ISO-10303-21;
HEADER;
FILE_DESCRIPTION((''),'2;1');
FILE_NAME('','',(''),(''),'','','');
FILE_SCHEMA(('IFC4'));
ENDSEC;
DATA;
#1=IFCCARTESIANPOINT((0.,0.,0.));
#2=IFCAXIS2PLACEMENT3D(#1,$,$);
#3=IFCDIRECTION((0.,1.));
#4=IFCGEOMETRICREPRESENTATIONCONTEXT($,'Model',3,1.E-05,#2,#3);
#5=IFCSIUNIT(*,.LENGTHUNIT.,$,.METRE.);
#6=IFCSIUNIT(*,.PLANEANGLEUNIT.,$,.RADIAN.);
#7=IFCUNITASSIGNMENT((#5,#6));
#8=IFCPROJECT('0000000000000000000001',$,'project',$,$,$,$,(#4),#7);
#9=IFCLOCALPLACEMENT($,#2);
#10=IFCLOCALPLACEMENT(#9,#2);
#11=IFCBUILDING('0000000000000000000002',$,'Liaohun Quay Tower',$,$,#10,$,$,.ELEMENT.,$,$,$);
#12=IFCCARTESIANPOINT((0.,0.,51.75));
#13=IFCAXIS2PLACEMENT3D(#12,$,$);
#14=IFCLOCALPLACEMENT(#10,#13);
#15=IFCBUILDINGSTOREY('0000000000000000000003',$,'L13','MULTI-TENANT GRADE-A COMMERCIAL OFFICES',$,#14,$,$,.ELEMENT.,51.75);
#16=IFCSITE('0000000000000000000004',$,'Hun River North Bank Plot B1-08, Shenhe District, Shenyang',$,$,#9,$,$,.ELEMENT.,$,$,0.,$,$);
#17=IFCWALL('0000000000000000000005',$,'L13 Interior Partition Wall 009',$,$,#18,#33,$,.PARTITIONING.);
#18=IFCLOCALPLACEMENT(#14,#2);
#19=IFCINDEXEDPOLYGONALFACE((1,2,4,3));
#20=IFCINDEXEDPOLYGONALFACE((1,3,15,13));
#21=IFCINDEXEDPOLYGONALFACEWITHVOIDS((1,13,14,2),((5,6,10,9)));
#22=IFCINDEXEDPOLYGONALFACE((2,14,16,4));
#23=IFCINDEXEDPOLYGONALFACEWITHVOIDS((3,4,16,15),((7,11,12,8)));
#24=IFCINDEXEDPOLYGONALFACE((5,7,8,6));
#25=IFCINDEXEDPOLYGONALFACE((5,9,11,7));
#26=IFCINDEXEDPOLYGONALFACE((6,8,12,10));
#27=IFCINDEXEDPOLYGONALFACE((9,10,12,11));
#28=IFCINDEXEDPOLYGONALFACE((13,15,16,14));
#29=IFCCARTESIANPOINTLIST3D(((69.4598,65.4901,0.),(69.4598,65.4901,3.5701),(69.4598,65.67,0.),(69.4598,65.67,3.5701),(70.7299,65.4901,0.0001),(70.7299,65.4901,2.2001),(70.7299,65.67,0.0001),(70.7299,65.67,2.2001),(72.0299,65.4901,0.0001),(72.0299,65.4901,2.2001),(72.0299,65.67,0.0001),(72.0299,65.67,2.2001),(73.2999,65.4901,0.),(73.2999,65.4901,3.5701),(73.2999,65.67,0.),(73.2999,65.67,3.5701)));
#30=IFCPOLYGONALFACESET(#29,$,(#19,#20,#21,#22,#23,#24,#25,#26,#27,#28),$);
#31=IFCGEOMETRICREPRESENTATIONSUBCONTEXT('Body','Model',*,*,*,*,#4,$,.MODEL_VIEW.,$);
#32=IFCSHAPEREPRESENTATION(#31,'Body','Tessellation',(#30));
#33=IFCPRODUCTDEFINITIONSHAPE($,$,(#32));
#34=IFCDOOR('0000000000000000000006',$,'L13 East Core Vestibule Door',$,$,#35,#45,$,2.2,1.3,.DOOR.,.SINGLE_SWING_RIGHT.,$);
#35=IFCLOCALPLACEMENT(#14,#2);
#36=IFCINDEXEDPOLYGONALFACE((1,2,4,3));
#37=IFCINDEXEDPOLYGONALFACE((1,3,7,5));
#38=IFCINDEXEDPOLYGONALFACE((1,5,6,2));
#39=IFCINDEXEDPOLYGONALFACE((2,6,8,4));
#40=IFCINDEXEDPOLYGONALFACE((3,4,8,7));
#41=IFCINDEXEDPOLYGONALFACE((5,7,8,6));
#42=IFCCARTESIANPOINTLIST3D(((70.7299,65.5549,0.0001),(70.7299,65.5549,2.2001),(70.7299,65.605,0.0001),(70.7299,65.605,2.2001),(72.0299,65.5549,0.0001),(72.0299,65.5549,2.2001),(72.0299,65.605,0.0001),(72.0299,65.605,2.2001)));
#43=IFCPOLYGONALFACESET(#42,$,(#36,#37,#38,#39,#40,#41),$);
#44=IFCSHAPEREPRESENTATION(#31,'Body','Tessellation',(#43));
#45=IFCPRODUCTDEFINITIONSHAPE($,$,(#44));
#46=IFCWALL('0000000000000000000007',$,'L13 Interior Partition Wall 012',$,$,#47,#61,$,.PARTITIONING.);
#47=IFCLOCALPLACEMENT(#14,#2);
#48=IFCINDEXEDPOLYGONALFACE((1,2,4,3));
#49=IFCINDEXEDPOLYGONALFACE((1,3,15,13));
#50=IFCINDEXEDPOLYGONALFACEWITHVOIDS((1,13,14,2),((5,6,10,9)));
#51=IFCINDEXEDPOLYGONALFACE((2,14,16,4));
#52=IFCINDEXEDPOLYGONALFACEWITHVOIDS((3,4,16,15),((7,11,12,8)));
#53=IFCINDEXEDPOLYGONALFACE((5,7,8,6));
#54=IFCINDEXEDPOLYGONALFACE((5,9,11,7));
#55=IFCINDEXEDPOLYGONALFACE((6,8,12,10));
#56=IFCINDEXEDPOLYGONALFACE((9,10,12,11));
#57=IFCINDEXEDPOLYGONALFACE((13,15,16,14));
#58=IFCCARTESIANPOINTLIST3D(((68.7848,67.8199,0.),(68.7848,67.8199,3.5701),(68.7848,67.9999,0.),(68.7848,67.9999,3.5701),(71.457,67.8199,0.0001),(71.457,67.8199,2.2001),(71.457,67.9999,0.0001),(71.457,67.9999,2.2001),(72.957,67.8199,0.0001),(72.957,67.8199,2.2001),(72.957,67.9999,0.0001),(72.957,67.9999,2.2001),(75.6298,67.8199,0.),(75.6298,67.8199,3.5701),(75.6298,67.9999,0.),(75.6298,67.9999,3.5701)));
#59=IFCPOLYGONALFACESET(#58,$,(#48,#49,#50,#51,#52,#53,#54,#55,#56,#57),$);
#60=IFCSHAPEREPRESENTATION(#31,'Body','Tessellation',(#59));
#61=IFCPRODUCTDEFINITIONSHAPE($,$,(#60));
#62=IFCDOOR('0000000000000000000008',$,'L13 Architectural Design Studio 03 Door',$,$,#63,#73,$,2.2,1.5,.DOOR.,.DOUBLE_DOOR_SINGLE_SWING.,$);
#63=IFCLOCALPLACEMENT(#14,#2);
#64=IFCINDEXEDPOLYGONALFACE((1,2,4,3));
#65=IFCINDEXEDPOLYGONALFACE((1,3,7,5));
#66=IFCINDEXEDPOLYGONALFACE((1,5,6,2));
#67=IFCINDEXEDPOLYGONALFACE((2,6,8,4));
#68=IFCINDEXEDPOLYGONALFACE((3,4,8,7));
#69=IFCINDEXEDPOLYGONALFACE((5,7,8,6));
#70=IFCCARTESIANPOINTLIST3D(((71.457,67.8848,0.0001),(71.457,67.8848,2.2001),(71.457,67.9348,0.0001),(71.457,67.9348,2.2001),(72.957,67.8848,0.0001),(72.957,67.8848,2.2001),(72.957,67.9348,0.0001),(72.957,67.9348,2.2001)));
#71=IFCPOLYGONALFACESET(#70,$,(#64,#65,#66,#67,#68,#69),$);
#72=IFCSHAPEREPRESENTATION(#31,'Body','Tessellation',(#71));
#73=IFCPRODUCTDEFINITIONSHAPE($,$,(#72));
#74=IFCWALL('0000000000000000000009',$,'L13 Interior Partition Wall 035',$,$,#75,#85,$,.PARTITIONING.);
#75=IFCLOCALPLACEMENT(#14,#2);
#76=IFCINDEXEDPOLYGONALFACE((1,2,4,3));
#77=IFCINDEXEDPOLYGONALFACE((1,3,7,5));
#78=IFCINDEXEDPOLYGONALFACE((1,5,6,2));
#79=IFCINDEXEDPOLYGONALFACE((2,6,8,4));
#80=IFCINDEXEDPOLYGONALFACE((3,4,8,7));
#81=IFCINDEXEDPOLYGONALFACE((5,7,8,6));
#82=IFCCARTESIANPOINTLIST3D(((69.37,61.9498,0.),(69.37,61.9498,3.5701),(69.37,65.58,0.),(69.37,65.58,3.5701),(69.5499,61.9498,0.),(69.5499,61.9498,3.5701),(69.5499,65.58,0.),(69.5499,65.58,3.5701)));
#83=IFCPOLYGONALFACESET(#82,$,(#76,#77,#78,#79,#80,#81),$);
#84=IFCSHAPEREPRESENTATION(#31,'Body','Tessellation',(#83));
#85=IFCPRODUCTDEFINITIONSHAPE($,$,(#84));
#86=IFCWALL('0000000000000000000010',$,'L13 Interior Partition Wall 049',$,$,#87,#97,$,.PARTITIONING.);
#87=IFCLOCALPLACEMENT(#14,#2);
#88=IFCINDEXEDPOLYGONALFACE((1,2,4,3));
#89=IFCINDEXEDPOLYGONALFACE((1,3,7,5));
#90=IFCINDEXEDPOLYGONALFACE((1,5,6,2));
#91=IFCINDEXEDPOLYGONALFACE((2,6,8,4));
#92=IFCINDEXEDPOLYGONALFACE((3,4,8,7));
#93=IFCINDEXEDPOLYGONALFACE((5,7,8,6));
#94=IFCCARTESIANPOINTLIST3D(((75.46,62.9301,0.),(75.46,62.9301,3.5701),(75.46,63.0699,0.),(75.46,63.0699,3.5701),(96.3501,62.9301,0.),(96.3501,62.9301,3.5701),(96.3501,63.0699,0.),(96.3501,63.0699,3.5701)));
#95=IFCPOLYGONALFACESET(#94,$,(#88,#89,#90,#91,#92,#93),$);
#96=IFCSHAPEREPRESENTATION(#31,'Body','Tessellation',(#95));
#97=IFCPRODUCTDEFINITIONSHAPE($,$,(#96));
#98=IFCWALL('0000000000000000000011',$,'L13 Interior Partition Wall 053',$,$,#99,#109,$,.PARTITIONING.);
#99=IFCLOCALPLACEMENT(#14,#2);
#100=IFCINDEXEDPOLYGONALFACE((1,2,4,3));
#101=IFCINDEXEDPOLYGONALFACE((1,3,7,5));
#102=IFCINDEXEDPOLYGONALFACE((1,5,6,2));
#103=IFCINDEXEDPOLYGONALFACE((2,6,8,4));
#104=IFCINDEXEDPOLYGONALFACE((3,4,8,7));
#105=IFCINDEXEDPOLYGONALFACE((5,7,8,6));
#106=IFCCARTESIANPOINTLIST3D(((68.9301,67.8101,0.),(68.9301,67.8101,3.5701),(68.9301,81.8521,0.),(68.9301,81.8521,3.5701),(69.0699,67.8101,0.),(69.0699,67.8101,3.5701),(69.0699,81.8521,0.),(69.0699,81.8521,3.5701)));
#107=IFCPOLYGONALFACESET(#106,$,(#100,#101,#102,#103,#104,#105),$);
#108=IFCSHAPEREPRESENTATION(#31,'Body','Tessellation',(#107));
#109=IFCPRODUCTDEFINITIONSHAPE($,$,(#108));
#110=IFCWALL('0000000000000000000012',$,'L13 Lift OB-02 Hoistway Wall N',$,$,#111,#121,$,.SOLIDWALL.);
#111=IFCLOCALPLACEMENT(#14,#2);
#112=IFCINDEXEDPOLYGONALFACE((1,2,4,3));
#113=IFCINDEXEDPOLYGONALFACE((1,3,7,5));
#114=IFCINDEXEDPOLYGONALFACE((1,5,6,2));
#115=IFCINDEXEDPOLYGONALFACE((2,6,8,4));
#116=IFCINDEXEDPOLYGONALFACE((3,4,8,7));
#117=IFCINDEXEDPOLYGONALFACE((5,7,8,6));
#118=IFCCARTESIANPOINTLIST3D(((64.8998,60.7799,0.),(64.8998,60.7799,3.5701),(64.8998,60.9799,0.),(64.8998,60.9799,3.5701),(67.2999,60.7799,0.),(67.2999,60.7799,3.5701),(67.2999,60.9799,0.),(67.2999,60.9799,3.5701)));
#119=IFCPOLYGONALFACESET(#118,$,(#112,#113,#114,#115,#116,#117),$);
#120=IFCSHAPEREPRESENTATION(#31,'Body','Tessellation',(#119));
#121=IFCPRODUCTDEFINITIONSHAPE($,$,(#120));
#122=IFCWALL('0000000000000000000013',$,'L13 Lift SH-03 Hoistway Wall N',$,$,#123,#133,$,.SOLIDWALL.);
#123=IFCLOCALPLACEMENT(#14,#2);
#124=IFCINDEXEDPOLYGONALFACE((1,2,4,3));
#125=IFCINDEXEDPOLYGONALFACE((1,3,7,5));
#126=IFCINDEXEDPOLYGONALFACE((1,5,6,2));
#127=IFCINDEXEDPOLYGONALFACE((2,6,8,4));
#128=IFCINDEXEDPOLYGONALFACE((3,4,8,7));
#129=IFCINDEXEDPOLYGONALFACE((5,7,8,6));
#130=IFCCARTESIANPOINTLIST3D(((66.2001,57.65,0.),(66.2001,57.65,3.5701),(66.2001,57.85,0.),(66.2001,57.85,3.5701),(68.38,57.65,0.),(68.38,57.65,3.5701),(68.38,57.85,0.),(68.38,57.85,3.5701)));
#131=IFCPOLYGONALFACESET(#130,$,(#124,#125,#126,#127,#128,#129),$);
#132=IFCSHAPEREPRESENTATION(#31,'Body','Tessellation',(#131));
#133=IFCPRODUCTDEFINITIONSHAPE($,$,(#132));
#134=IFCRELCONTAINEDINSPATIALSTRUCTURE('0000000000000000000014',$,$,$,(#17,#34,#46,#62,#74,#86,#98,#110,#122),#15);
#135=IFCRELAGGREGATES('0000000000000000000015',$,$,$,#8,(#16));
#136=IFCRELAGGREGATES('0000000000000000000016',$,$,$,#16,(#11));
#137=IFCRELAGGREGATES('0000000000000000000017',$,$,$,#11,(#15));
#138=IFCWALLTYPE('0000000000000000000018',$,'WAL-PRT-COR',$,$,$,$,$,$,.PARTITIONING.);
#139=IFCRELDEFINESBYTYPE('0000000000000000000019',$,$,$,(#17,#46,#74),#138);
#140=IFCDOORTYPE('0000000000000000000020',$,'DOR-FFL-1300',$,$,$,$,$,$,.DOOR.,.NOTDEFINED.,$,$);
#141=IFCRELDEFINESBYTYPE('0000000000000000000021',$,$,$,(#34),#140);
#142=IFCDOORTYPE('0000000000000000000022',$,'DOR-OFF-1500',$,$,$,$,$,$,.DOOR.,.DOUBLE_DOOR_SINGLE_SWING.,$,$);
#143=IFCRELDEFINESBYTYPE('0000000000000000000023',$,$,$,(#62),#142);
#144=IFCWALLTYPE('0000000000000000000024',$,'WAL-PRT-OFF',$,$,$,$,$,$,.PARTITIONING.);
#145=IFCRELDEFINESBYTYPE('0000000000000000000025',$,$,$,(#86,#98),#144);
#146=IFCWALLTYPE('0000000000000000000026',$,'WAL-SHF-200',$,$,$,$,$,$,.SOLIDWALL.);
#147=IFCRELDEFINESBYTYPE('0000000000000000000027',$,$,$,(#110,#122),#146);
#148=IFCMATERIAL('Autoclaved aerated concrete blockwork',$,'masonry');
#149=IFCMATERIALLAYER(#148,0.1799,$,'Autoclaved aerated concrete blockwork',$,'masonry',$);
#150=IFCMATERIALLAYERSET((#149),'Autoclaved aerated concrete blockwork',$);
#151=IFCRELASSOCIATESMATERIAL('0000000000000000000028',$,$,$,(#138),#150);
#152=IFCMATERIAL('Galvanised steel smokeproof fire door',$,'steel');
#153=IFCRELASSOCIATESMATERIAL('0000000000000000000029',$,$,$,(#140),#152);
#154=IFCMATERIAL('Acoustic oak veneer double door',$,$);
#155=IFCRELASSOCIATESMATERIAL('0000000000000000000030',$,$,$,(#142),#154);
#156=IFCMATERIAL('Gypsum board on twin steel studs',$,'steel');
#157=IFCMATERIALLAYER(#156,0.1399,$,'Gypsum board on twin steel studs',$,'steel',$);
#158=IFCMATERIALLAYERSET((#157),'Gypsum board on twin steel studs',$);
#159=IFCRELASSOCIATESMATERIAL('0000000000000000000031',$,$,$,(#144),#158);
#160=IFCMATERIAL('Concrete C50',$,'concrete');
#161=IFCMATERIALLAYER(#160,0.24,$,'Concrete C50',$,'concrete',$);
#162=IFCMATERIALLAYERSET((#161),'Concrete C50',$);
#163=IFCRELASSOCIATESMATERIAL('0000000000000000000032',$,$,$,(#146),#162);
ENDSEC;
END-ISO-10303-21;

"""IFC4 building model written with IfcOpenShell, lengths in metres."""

from ifc_helpers import new_model, si_unit, direction, frame, frame_2d, origin, place, context, subcontext, project, spatial, rectangle, extrude, source, transform, mapped, material, layer, layer_set, type_object, element, fill, save


model = new_model("IFC4")

# Units and contexts
model_context = context("Model", 3, precision=1e-05, world=origin(), true_north=direction((0.0, 1.0)))
body_context = subcontext(model_context, "Body", "Model", "MODEL_VIEW")
ifc_project = project(units=[si_unit("LENGTHUNIT", "METRE"), si_unit("PLANEANGLEUNIT", "RADIAN")], contexts=[model_context])

# Site, building, storey
site_placement = place(None, origin())
site = spatial("IfcSite", under=ifc_project, at=site_placement, Name="Hun River North Bank Plot B1-08, Shenhe District, Shenyang", CompositionType="ELEMENT", RefElevation=0.0)
building_placement = place(site_placement, origin())
building = spatial("IfcBuilding", under=site, at=building_placement, Name="Liaohun Quay Tower", CompositionType="ELEMENT")
storey_placement = place(building_placement, frame((0.0, 0.0, 51.75)))
storey = spatial("IfcBuildingStorey", under=building, at=storey_placement, Name="L13", Description="MULTI-TENANT GRADE-A COMMERCIAL OFFICES", CompositionType="ELEMENT", Elevation=51.75)

# Walls, openings, doors
ifc_material_1 = material(Name="Autoclaved aerated concrete blockwork", Category="masonry")
ifc_layer_1 = layer(ifc_material_1, 0.1799, Name="Autoclaved aerated concrete blockwork", Category="masonry")
ifc_layer_set_1 = layer_set([ifc_layer_1], Name="Autoclaved aerated concrete blockwork")
wall_type_1 = type_object("IfcWallType", Name="WAL-PRT-COR", PredefinedType="PARTITIONING", material=ifc_layer_set_1)
wall_1_placement = place(storey_placement, frame((69.46, 65.5801, 0.0), z_axis=(0.0, 0.0, 1.0), x_axis=(1.0, 0.0, 0.0)))
wall_1 = element("IfcWall", 1, at=wall_1_placement, inside=storey, type_object=wall_type_1, Name="L13 Interior Partition Wall 009", PredefinedType="PARTITIONING", context=body_context, shape_type="SweptSolid", body=[
    extrude(rectangle(XDim=3.8401, YDim=0.1799, at=frame_2d((1.9199, 0.0))), origin(), (0.0, 0.0, 1.0), 3.5701),
])
shared_shape_1 = source(origin(), body_context, "Body", "SweptSolid", [
    extrude(rectangle(XDim=1.3, YDim=2.2, at=frame_2d((0.6499, 1.1001))), frame((0.0, 0.0999, 0.0), z_axis=(0.0, -1.0, 0.0), x_axis=(1.0, 0.0, 0.0)), (0.0, 0.0, 1.0), 0.2),
])
opening_1_placement = place(wall_1_placement, frame((1.27, 0.0, 0.0)))
opening_1 = element("IfcOpeningElement", 2, at=opening_1_placement, cuts=wall_1, PredefinedType="OPENING", context=body_context, shape_type="MappedRepresentation", body=[
    mapped(shared_shape_1, transform((0.0, 0.0, 0.0), x_axis=(1.0, 0.0, 0.0), y_axis=(0.0, 1.0, 0.0), z_axis=(0.0, 0.0, 1.0), scale=1.0)),
])
ifc_material_2 = material(Name="Galvanised steel smokeproof fire door", Category="steel")
door_type_1 = type_object("IfcDoorType", Name="DOR-FFL-1300", OperationType="NOTDEFINED", PredefinedType="DOOR", material=ifc_material_2)
shared_shape_2 = source(origin(), body_context, "Body", "SweptSolid", [
    extrude(rectangle(XDim=1.3, YDim=2.2, at=frame_2d((0.6499, 1.1001))), frame((0.0, 0.0249, 0.0), z_axis=(0.0, -1.0, 0.0), x_axis=(1.0, 0.0, 0.0)), (0.0, 0.0, 1.0), 0.05),
])
door_1_placement = place(opening_1_placement, origin())
door_1 = element("IfcDoor", 3, at=door_1_placement, inside=storey, type_object=door_type_1, Name="L13 East Core Vestibule Door", OperationType="SINGLE_SWING_RIGHT", OverallHeight=2.2, OverallWidth=1.3, PredefinedType="DOOR", context=body_context, shape_type="MappedRepresentation", body=[
    mapped(shared_shape_2, transform((0.0, 0.0, 0.0), x_axis=(1.0, 0.0, 0.0), y_axis=(0.0, 1.0, 0.0), z_axis=(0.0, 0.0, 1.0), scale=1.0)),
])
fill(opening_1, door_1)
wall_2_placement = place(storey_placement, frame((68.7849, 67.9099, 0.0), z_axis=(0.0, 0.0, 1.0), x_axis=(1.0, 0.0, 0.0)))
wall_2 = element("IfcWall", 4, at=wall_2_placement, inside=storey, type_object=wall_type_1, Name="L13 Interior Partition Wall 012", PredefinedType="PARTITIONING", context=body_context, shape_type="SweptSolid", body=[
    extrude(rectangle(XDim=6.845, YDim=0.1799, at=frame_2d((3.4224, 0.0))), origin(), (0.0, 0.0, 1.0), 3.5701),
])
shared_shape_3 = source(origin(), body_context, "Body", "SweptSolid", [
    extrude(rectangle(XDim=1.5, YDim=2.2, at=frame_2d((0.75, 1.1001))), frame((0.0, 0.0999, 0.0), z_axis=(0.0, -1.0, 0.0), x_axis=(1.0, 0.0, 0.0)), (0.0, 0.0, 1.0), 0.2),
])
opening_2_placement = place(wall_2_placement, frame((2.6721, 0.0, 0.0)))
opening_2 = element("IfcOpeningElement", 5, at=opening_2_placement, cuts=wall_2, PredefinedType="OPENING", context=body_context, shape_type="MappedRepresentation", body=[
    mapped(shared_shape_3, transform((0.0, 0.0, 0.0), x_axis=(1.0, 0.0, 0.0), y_axis=(0.0, 1.0, 0.0), z_axis=(0.0, 0.0, 1.0), scale=1.0)),
])
ifc_material_3 = material(Name="Acoustic oak veneer double door")
door_type_2 = type_object("IfcDoorType", Name="DOR-OFF-1500", OperationType="DOUBLE_DOOR_SINGLE_SWING", PredefinedType="DOOR", material=ifc_material_3)
shared_shape_4 = source(origin(), body_context, "Body", "SweptSolid", [
    extrude(rectangle(XDim=1.5, YDim=2.2, at=frame_2d((0.75, 1.1001))), frame((0.0, 0.0249, 0.0), z_axis=(0.0, -1.0, 0.0), x_axis=(1.0, 0.0, 0.0)), (0.0, 0.0, 1.0), 0.05),
])
door_2_placement = place(opening_2_placement, origin())
door_2 = element("IfcDoor", 6, at=door_2_placement, inside=storey, type_object=door_type_2, Name="L13 Architectural Design Studio 03 Door", OperationType="DOUBLE_DOOR_SINGLE_SWING", OverallHeight=2.2, OverallWidth=1.5, PredefinedType="DOOR", context=body_context, shape_type="MappedRepresentation", body=[
    mapped(shared_shape_4, transform((0.0, 0.0, 0.0), x_axis=(1.0, 0.0, 0.0), y_axis=(0.0, 1.0, 0.0), z_axis=(0.0, 0.0, 1.0), scale=1.0)),
])
fill(opening_2, door_2)

# Walls
wall_3_placement = place(storey_placement, frame((69.46, 61.95, 0.0), z_axis=(0.0, 0.0, 1.0), x_axis=(0.0, 1.0, 0.0)))
element("IfcWall", 7, at=wall_3_placement, inside=storey, type_object=wall_type_1, Name="L13 Interior Partition Wall 035", PredefinedType="PARTITIONING", context=body_context, shape_type="SweptSolid", body=[
    extrude(rectangle(XDim=3.6301, YDim=0.1799, at=frame_2d((1.8149, 0.0))), origin(), (0.0, 0.0, 1.0), 3.5701),
])
ifc_material_4 = material(Name="Gypsum board on twin steel studs", Category="steel")
ifc_layer_2 = layer(ifc_material_4, 0.1399, Name="Gypsum board on twin steel studs", Category="steel")
ifc_layer_set_2 = layer_set([ifc_layer_2], Name="Gypsum board on twin steel studs")
wall_type_2 = type_object("IfcWallType", Name="WAL-PRT-OFF", PredefinedType="PARTITIONING", material=ifc_layer_set_2)
wall_4_placement = place(storey_placement, frame((75.46, 63.0, 0.0), z_axis=(0.0, 0.0, 1.0), x_axis=(1.0, 0.0, 0.0)))
element("IfcWall", 8, at=wall_4_placement, inside=storey, type_object=wall_type_2, Name="L13 Interior Partition Wall 049", PredefinedType="PARTITIONING", context=body_context, shape_type="SweptSolid", body=[
    extrude(rectangle(XDim=20.8901, YDim=0.1399, at=frame_2d((10.4451, 0.0))), origin(), (0.0, 0.0, 1.0), 3.5701),
])
wall_5_placement = place(storey_placement, frame((69.0, 67.8101, 0.0), z_axis=(0.0, 0.0, 1.0), x_axis=(0.0, 1.0, 0.0)))
element("IfcWall", 9, at=wall_5_placement, inside=storey, type_object=wall_type_2, Name="L13 Interior Partition Wall 053", PredefinedType="PARTITIONING", context=body_context, shape_type="SweptSolid", body=[
    extrude(rectangle(XDim=14.042, YDim=0.1399, at=frame_2d((7.021, 0.0))), origin(), (0.0, 0.0, 1.0), 3.5701),
])
ifc_material_5 = material(Name="Concrete C50", Category="concrete")
ifc_layer_3 = layer(ifc_material_5, 0.24, Name="Concrete C50", Category="concrete")
ifc_layer_set_3 = layer_set([ifc_layer_3], Name="Concrete C50")
wall_type_3 = type_object("IfcWallType", Name="WAL-SHF-200", PredefinedType="SOLIDWALL", material=ifc_layer_set_3)
wall_6_placement = place(storey_placement, frame((67.3, 60.8799, 0.0), z_axis=(0.0, 0.0, 1.0), x_axis=(-1.0, 0.0, 0.0)))
element("IfcWall", 10, at=wall_6_placement, inside=storey, type_object=wall_type_3, Name="L13 Lift OB-02 Hoistway Wall N", PredefinedType="SOLIDWALL", context=body_context, shape_type="SweptSolid", body=[
    extrude(rectangle(XDim=2.4001, YDim=0.2, at=frame_2d((1.2002, 0.0))), origin(), (0.0, 0.0, 1.0), 3.5701),
])
wall_7_placement = place(storey_placement, frame((68.3799, 57.75, 0.0), z_axis=(0.0, 0.0, 1.0), x_axis=(-1.0, 0.0, 0.0)))
element("IfcWall", 11, at=wall_7_placement, inside=storey, type_object=wall_type_3, Name="L13 Lift SH-03 Hoistway Wall N", PredefinedType="SOLIDWALL", context=body_context, shape_type="SweptSolid", body=[
    extrude(rectangle(XDim=2.1799, YDim=0.2, at=frame_2d((1.0898, 0.0))), origin(), (0.0, 0.0, 1.0), 3.5701),
])

save(model, "model.ifc")
